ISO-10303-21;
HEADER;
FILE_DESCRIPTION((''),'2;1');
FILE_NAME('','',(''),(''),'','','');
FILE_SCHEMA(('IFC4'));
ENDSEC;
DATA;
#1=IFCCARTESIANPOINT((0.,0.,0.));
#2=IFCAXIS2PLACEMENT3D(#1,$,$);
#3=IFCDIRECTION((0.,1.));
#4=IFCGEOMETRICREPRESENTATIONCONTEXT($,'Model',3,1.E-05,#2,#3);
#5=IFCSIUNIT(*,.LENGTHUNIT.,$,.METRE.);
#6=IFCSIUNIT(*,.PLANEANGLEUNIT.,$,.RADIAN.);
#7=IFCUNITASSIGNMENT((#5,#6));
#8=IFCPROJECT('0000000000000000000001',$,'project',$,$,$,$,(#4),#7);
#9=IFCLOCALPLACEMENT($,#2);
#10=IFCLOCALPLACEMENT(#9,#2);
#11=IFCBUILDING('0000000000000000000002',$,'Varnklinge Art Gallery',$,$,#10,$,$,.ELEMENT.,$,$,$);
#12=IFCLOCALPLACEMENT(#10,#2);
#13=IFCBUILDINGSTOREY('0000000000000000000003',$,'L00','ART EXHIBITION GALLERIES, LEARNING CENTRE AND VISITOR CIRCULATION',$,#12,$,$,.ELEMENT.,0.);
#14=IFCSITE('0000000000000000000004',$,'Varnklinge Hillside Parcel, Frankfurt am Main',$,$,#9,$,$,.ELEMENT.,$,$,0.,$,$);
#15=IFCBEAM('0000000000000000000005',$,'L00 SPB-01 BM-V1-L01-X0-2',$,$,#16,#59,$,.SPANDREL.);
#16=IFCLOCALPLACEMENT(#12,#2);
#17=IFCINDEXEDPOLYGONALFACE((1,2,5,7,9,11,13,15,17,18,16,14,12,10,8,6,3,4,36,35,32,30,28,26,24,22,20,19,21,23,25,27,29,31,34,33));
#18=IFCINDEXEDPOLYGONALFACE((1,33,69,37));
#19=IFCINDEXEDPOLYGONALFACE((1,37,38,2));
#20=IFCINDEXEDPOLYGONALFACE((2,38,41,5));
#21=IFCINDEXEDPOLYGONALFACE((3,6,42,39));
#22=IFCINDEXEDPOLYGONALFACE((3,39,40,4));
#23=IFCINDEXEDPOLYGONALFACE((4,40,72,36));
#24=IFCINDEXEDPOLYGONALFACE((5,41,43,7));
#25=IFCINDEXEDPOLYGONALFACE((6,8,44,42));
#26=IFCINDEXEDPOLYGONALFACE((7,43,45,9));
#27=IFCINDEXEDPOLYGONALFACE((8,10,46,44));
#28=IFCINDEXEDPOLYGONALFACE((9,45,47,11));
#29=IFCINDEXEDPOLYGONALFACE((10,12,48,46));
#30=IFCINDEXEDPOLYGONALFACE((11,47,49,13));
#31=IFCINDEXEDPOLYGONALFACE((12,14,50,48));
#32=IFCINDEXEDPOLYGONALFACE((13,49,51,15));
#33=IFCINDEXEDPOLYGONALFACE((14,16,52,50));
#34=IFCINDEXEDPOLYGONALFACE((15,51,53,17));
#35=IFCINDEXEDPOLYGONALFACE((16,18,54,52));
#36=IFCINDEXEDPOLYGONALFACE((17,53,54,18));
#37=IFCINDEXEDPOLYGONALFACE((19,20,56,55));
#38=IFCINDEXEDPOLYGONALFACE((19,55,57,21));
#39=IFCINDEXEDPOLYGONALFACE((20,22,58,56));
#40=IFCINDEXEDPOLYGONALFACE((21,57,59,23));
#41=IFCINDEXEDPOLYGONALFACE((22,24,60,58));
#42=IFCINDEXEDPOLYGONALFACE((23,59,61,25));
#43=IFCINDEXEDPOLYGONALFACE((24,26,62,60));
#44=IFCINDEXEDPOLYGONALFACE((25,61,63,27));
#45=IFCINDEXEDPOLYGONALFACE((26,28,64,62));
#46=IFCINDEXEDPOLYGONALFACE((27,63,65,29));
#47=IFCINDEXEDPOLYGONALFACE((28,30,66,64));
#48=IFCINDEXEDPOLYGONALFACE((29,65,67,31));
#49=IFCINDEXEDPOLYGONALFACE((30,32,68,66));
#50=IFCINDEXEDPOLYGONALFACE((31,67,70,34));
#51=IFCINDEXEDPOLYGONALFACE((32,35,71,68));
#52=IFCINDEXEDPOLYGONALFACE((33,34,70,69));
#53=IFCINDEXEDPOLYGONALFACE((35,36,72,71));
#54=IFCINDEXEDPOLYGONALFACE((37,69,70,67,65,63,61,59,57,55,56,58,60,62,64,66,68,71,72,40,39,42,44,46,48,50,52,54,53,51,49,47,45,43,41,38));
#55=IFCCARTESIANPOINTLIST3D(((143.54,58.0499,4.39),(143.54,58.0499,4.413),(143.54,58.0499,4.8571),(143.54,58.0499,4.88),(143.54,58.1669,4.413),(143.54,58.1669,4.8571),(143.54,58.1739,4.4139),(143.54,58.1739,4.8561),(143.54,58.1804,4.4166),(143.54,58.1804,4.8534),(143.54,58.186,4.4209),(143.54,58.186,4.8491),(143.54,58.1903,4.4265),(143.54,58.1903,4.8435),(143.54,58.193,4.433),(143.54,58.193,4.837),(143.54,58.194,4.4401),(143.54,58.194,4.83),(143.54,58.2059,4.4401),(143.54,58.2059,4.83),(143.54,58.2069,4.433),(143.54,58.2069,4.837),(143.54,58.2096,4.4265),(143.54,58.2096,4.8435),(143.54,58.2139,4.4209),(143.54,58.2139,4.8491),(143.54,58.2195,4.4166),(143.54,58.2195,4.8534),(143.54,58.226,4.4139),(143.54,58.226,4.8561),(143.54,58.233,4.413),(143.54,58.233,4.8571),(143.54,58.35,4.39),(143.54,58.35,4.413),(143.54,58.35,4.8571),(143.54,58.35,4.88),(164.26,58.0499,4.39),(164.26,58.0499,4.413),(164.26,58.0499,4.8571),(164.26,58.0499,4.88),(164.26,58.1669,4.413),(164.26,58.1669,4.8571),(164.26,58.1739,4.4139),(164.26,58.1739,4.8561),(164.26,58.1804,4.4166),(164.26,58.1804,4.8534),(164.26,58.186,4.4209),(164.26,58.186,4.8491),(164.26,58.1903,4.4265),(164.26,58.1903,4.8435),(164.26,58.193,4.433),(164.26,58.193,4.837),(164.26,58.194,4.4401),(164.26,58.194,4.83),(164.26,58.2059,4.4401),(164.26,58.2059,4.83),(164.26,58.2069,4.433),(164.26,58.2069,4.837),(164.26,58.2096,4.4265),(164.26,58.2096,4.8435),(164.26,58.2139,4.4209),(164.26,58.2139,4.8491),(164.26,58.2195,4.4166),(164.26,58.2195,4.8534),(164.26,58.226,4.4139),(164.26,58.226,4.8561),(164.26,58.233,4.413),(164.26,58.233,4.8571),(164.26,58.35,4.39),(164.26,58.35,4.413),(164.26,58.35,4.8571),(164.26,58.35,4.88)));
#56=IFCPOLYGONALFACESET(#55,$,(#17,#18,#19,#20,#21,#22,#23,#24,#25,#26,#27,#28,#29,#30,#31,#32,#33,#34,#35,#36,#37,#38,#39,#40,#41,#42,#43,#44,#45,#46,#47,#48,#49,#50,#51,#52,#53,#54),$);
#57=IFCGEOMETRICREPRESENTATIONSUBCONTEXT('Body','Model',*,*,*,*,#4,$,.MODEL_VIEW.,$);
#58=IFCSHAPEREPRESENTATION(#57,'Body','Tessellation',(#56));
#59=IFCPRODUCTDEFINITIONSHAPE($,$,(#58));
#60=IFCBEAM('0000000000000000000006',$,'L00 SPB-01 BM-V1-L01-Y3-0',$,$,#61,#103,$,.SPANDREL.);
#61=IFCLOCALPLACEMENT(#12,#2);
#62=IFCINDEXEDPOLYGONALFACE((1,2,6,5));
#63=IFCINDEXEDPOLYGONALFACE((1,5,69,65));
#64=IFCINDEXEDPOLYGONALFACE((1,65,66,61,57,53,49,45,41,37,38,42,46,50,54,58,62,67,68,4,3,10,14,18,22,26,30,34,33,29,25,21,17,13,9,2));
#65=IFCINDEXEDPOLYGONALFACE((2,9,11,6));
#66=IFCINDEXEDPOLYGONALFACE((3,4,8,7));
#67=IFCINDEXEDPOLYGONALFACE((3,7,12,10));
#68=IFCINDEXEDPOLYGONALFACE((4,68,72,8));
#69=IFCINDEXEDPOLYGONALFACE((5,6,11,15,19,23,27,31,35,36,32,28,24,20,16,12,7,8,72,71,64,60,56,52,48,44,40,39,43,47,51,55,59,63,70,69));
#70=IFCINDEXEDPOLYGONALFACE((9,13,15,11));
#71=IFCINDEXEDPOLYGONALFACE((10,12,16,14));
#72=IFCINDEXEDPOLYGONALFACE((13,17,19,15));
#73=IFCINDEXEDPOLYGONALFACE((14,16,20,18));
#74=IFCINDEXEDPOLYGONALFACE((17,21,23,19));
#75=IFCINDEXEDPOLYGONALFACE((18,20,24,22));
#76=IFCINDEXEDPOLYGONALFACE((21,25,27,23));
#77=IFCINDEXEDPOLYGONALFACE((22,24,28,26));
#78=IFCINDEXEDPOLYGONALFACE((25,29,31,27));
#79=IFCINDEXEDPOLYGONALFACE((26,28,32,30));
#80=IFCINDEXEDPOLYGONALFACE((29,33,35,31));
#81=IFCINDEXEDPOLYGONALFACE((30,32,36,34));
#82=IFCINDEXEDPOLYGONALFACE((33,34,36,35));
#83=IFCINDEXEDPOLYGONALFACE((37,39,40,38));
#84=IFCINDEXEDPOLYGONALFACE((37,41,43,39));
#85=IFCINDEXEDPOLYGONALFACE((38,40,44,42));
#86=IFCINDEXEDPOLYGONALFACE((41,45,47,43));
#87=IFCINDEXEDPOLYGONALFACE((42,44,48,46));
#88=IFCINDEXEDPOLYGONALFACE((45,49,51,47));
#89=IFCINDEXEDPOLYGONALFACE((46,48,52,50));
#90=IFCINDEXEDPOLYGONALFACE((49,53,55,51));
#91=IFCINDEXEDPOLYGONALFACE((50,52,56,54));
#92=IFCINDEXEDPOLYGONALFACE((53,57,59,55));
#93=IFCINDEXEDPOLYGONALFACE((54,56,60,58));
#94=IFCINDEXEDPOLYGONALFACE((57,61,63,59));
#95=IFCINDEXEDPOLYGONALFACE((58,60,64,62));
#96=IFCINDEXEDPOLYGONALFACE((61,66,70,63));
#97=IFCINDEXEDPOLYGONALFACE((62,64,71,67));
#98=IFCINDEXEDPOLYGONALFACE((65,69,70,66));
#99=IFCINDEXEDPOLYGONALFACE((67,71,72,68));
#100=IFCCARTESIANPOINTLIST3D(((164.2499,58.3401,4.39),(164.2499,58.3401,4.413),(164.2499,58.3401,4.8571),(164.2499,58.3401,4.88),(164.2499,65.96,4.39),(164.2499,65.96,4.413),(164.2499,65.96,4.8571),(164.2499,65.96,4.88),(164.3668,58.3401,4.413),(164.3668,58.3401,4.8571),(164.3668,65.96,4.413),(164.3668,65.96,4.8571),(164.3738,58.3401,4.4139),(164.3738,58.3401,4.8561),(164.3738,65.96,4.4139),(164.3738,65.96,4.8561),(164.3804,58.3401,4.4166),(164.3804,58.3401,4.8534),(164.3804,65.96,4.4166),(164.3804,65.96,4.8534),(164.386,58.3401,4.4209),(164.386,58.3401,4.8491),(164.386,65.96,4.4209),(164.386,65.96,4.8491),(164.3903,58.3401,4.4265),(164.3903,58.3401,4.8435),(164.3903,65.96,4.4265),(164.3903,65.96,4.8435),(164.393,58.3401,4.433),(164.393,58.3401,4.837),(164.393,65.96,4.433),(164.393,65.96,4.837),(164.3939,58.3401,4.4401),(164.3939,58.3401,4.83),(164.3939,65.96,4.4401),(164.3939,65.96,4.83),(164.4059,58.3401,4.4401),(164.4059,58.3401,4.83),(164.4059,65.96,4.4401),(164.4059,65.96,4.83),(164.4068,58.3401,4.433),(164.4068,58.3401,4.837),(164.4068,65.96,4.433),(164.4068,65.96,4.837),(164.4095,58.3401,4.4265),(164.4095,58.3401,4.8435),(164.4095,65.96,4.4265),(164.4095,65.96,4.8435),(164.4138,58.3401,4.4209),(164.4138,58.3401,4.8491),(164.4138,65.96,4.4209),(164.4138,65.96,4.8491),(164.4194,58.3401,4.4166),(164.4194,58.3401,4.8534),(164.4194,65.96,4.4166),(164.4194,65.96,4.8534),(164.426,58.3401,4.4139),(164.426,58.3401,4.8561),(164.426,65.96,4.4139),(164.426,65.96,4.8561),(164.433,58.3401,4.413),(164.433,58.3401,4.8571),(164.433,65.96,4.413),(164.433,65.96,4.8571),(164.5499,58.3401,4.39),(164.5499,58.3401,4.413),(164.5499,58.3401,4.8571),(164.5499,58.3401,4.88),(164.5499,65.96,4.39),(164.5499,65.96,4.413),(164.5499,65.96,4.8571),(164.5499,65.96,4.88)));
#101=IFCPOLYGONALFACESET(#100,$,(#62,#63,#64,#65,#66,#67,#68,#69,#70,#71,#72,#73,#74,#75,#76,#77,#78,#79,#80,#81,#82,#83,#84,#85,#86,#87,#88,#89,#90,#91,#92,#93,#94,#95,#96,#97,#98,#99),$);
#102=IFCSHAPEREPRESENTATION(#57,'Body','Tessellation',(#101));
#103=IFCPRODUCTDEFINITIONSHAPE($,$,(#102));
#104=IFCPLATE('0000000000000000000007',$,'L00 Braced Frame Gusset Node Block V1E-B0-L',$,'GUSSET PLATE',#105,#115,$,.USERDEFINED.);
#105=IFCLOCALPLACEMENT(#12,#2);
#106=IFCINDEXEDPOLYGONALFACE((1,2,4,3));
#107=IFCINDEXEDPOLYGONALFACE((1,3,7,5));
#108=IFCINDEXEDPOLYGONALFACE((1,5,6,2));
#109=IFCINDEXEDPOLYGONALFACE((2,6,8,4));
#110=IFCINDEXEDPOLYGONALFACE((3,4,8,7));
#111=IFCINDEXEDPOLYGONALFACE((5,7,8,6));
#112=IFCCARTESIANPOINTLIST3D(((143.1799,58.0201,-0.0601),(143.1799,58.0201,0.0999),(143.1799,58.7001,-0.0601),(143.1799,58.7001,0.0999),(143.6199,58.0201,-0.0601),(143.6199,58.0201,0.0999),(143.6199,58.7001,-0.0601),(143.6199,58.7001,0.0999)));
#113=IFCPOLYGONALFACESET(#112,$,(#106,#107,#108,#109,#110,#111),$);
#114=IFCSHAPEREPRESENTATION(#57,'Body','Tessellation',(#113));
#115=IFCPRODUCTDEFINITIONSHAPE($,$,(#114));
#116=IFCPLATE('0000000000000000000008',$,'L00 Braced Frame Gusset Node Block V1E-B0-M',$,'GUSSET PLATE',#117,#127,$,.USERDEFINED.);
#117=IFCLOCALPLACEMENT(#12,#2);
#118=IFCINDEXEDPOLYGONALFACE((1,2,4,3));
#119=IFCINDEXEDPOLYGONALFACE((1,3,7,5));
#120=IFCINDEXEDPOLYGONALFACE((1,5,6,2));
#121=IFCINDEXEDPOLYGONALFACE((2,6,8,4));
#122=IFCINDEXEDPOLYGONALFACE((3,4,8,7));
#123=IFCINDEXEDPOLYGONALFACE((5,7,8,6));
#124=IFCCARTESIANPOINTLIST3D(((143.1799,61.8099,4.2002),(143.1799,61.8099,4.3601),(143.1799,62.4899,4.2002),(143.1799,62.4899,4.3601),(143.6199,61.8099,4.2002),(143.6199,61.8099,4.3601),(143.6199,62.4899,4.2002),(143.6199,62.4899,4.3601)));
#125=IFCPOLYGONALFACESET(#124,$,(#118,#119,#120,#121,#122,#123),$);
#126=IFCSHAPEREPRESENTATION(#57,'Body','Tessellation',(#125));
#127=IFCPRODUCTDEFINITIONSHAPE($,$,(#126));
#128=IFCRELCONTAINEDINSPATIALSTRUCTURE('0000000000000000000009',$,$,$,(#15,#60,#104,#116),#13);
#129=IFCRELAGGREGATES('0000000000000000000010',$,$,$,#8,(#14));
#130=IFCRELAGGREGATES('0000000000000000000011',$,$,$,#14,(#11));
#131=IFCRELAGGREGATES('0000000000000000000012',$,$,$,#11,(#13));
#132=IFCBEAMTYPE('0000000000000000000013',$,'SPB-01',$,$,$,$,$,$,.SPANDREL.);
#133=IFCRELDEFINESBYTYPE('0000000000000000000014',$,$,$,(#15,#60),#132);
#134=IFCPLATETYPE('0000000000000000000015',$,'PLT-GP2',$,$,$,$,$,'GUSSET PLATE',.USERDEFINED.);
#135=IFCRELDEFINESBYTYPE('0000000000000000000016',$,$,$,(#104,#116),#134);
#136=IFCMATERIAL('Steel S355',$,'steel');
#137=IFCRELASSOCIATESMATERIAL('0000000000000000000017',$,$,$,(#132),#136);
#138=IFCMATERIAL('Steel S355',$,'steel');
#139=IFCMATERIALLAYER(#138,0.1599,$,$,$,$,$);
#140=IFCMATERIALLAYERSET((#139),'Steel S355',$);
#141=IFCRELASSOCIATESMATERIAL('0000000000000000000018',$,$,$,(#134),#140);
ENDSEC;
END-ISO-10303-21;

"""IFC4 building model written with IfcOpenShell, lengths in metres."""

from ifc_helpers import new_model, si_unit, direction, frame, origin, origin_2d, place, context, subcontext, project, spatial, rectangle, i_section, extrude, material, layer, layer_set, material_profile, profile_set, type_object, element, save


model = new_model("IFC4")

# Units and contexts
model_context = context("Model", 3, precision=1e-05, world=origin(), true_north=direction((0.0, 1.0)))
body_context = subcontext(model_context, "Body", "Model", "MODEL_VIEW")
ifc_project = project(units=[si_unit("LENGTHUNIT", "METRE"), si_unit("PLANEANGLEUNIT", "RADIAN")], contexts=[model_context])

# Site, building, storey
site_placement = place(None, origin())
site = spatial("IfcSite", under=ifc_project, at=site_placement, Name="Varnklinge Hillside Parcel, Frankfurt am Main", CompositionType="ELEMENT", RefElevation=0.0)
building_placement = place(site_placement, origin())
building = spatial("IfcBuilding", under=site, at=building_placement, Name="Varnklinge Art Gallery", CompositionType="ELEMENT")
storey_placement = place(building_placement, origin())
storey = spatial("IfcBuildingStorey", under=building, at=storey_placement, Name="L00", Description="ART EXHIBITION GALLERIES, LEARNING CENTRE AND VISITOR CIRCULATION", CompositionType="ELEMENT", Elevation=0.0)

# Beams
ifc_material_1 = material(Name="Steel S355", Category="steel")
ifc_material_profile_1 = material_profile(ifc_material_1, i_section(OverallWidth=0.3, OverallDepth=0.49, WebThickness=0.012, FlangeThickness=0.0229, FilletRadius=0.0271, at=origin_2d()), Name="HEA 500")
ifc_profile_set_1 = profile_set([ifc_material_profile_1], Name="Steel S355")
beam_type_1 = type_object("IfcBeamType", Name="SPB-01", PredefinedType="SPANDREL", material=ifc_profile_set_1)
beam_1_placement = place(storey_placement, frame((143.54, 58.2, 4.635), z_axis=(1.0, 0.0, 0.0), x_axis=(0.0, 1.0, 0.0)))
element("IfcBeam", 1, at=beam_1_placement, inside=storey, type_object=beam_type_1, Name="L00 SPB-01 BM-V1-L01-X0-2", PredefinedType="SPANDREL", context=body_context, shape_type="SweptSolid", body=[
    extrude(i_section(OverallWidth=0.3, OverallDepth=0.49, WebThickness=0.012, FlangeThickness=0.0229, FilletRadius=0.0271, at=origin_2d()), origin(), (0.0, 0.0, 1.0), 20.72),
])
beam_2_placement = place(storey_placement, frame((164.3999, 58.3401, 4.635), z_axis=(0.0, 1.0, 0.0), x_axis=(-1.0, 0.0, 0.0)))
element("IfcBeam", 2, at=beam_2_placement, inside=storey, type_object=beam_type_1, Name="L00 SPB-01 BM-V1-L01-Y3-0", PredefinedType="SPANDREL", context=body_context, shape_type="SweptSolid", body=[
    extrude(i_section(OverallWidth=0.3, OverallDepth=0.49, WebThickness=0.012, FlangeThickness=0.0229, FilletRadius=0.0271, at=origin_2d()), origin(), (0.0, 0.0, 1.0), 7.6199),
])

# Plates
ifc_material_2 = material(Name="Steel S355", Category="steel")
ifc_layer_1 = layer(ifc_material_2, 0.1599)
ifc_layer_set_1 = layer_set([ifc_layer_1], Name="Steel S355")
plate_type = type_object("IfcPlateType", Name="PLT-GP2", ElementType="GUSSET PLATE", PredefinedType="USERDEFINED", material=ifc_layer_set_1)
for number, where, z_axis, x_axis, name in (
    (3, (143.3999, 58.3601, -0.0601), (0.0, 0.0, 1.0), (0.0, 1.0, 0.0), "L00 Braced Frame Gusset Node Block V1E-B0-L"),
    (4, (143.3999, 62.1499, 4.2002), (0.0, 0.0, 1.0), (0.0, 1.0, 0.0), "L00 Braced Frame Gusset Node Block V1E-B0-M"),
):
    element("IfcPlate", number, at=place(storey_placement, frame(where, z_axis=z_axis, x_axis=x_axis)), inside=storey, type_object=plate_type, Name=name, ObjectType="GUSSET PLATE", PredefinedType="USERDEFINED", context=body_context, shape_type="SweptSolid", body=[
        extrude(rectangle(XDim=0.6799, YDim=0.4399, at=origin_2d()), origin(), (0.0, 0.0, 1.0), 0.1599),
    ])

save(model, "model.ifc")
